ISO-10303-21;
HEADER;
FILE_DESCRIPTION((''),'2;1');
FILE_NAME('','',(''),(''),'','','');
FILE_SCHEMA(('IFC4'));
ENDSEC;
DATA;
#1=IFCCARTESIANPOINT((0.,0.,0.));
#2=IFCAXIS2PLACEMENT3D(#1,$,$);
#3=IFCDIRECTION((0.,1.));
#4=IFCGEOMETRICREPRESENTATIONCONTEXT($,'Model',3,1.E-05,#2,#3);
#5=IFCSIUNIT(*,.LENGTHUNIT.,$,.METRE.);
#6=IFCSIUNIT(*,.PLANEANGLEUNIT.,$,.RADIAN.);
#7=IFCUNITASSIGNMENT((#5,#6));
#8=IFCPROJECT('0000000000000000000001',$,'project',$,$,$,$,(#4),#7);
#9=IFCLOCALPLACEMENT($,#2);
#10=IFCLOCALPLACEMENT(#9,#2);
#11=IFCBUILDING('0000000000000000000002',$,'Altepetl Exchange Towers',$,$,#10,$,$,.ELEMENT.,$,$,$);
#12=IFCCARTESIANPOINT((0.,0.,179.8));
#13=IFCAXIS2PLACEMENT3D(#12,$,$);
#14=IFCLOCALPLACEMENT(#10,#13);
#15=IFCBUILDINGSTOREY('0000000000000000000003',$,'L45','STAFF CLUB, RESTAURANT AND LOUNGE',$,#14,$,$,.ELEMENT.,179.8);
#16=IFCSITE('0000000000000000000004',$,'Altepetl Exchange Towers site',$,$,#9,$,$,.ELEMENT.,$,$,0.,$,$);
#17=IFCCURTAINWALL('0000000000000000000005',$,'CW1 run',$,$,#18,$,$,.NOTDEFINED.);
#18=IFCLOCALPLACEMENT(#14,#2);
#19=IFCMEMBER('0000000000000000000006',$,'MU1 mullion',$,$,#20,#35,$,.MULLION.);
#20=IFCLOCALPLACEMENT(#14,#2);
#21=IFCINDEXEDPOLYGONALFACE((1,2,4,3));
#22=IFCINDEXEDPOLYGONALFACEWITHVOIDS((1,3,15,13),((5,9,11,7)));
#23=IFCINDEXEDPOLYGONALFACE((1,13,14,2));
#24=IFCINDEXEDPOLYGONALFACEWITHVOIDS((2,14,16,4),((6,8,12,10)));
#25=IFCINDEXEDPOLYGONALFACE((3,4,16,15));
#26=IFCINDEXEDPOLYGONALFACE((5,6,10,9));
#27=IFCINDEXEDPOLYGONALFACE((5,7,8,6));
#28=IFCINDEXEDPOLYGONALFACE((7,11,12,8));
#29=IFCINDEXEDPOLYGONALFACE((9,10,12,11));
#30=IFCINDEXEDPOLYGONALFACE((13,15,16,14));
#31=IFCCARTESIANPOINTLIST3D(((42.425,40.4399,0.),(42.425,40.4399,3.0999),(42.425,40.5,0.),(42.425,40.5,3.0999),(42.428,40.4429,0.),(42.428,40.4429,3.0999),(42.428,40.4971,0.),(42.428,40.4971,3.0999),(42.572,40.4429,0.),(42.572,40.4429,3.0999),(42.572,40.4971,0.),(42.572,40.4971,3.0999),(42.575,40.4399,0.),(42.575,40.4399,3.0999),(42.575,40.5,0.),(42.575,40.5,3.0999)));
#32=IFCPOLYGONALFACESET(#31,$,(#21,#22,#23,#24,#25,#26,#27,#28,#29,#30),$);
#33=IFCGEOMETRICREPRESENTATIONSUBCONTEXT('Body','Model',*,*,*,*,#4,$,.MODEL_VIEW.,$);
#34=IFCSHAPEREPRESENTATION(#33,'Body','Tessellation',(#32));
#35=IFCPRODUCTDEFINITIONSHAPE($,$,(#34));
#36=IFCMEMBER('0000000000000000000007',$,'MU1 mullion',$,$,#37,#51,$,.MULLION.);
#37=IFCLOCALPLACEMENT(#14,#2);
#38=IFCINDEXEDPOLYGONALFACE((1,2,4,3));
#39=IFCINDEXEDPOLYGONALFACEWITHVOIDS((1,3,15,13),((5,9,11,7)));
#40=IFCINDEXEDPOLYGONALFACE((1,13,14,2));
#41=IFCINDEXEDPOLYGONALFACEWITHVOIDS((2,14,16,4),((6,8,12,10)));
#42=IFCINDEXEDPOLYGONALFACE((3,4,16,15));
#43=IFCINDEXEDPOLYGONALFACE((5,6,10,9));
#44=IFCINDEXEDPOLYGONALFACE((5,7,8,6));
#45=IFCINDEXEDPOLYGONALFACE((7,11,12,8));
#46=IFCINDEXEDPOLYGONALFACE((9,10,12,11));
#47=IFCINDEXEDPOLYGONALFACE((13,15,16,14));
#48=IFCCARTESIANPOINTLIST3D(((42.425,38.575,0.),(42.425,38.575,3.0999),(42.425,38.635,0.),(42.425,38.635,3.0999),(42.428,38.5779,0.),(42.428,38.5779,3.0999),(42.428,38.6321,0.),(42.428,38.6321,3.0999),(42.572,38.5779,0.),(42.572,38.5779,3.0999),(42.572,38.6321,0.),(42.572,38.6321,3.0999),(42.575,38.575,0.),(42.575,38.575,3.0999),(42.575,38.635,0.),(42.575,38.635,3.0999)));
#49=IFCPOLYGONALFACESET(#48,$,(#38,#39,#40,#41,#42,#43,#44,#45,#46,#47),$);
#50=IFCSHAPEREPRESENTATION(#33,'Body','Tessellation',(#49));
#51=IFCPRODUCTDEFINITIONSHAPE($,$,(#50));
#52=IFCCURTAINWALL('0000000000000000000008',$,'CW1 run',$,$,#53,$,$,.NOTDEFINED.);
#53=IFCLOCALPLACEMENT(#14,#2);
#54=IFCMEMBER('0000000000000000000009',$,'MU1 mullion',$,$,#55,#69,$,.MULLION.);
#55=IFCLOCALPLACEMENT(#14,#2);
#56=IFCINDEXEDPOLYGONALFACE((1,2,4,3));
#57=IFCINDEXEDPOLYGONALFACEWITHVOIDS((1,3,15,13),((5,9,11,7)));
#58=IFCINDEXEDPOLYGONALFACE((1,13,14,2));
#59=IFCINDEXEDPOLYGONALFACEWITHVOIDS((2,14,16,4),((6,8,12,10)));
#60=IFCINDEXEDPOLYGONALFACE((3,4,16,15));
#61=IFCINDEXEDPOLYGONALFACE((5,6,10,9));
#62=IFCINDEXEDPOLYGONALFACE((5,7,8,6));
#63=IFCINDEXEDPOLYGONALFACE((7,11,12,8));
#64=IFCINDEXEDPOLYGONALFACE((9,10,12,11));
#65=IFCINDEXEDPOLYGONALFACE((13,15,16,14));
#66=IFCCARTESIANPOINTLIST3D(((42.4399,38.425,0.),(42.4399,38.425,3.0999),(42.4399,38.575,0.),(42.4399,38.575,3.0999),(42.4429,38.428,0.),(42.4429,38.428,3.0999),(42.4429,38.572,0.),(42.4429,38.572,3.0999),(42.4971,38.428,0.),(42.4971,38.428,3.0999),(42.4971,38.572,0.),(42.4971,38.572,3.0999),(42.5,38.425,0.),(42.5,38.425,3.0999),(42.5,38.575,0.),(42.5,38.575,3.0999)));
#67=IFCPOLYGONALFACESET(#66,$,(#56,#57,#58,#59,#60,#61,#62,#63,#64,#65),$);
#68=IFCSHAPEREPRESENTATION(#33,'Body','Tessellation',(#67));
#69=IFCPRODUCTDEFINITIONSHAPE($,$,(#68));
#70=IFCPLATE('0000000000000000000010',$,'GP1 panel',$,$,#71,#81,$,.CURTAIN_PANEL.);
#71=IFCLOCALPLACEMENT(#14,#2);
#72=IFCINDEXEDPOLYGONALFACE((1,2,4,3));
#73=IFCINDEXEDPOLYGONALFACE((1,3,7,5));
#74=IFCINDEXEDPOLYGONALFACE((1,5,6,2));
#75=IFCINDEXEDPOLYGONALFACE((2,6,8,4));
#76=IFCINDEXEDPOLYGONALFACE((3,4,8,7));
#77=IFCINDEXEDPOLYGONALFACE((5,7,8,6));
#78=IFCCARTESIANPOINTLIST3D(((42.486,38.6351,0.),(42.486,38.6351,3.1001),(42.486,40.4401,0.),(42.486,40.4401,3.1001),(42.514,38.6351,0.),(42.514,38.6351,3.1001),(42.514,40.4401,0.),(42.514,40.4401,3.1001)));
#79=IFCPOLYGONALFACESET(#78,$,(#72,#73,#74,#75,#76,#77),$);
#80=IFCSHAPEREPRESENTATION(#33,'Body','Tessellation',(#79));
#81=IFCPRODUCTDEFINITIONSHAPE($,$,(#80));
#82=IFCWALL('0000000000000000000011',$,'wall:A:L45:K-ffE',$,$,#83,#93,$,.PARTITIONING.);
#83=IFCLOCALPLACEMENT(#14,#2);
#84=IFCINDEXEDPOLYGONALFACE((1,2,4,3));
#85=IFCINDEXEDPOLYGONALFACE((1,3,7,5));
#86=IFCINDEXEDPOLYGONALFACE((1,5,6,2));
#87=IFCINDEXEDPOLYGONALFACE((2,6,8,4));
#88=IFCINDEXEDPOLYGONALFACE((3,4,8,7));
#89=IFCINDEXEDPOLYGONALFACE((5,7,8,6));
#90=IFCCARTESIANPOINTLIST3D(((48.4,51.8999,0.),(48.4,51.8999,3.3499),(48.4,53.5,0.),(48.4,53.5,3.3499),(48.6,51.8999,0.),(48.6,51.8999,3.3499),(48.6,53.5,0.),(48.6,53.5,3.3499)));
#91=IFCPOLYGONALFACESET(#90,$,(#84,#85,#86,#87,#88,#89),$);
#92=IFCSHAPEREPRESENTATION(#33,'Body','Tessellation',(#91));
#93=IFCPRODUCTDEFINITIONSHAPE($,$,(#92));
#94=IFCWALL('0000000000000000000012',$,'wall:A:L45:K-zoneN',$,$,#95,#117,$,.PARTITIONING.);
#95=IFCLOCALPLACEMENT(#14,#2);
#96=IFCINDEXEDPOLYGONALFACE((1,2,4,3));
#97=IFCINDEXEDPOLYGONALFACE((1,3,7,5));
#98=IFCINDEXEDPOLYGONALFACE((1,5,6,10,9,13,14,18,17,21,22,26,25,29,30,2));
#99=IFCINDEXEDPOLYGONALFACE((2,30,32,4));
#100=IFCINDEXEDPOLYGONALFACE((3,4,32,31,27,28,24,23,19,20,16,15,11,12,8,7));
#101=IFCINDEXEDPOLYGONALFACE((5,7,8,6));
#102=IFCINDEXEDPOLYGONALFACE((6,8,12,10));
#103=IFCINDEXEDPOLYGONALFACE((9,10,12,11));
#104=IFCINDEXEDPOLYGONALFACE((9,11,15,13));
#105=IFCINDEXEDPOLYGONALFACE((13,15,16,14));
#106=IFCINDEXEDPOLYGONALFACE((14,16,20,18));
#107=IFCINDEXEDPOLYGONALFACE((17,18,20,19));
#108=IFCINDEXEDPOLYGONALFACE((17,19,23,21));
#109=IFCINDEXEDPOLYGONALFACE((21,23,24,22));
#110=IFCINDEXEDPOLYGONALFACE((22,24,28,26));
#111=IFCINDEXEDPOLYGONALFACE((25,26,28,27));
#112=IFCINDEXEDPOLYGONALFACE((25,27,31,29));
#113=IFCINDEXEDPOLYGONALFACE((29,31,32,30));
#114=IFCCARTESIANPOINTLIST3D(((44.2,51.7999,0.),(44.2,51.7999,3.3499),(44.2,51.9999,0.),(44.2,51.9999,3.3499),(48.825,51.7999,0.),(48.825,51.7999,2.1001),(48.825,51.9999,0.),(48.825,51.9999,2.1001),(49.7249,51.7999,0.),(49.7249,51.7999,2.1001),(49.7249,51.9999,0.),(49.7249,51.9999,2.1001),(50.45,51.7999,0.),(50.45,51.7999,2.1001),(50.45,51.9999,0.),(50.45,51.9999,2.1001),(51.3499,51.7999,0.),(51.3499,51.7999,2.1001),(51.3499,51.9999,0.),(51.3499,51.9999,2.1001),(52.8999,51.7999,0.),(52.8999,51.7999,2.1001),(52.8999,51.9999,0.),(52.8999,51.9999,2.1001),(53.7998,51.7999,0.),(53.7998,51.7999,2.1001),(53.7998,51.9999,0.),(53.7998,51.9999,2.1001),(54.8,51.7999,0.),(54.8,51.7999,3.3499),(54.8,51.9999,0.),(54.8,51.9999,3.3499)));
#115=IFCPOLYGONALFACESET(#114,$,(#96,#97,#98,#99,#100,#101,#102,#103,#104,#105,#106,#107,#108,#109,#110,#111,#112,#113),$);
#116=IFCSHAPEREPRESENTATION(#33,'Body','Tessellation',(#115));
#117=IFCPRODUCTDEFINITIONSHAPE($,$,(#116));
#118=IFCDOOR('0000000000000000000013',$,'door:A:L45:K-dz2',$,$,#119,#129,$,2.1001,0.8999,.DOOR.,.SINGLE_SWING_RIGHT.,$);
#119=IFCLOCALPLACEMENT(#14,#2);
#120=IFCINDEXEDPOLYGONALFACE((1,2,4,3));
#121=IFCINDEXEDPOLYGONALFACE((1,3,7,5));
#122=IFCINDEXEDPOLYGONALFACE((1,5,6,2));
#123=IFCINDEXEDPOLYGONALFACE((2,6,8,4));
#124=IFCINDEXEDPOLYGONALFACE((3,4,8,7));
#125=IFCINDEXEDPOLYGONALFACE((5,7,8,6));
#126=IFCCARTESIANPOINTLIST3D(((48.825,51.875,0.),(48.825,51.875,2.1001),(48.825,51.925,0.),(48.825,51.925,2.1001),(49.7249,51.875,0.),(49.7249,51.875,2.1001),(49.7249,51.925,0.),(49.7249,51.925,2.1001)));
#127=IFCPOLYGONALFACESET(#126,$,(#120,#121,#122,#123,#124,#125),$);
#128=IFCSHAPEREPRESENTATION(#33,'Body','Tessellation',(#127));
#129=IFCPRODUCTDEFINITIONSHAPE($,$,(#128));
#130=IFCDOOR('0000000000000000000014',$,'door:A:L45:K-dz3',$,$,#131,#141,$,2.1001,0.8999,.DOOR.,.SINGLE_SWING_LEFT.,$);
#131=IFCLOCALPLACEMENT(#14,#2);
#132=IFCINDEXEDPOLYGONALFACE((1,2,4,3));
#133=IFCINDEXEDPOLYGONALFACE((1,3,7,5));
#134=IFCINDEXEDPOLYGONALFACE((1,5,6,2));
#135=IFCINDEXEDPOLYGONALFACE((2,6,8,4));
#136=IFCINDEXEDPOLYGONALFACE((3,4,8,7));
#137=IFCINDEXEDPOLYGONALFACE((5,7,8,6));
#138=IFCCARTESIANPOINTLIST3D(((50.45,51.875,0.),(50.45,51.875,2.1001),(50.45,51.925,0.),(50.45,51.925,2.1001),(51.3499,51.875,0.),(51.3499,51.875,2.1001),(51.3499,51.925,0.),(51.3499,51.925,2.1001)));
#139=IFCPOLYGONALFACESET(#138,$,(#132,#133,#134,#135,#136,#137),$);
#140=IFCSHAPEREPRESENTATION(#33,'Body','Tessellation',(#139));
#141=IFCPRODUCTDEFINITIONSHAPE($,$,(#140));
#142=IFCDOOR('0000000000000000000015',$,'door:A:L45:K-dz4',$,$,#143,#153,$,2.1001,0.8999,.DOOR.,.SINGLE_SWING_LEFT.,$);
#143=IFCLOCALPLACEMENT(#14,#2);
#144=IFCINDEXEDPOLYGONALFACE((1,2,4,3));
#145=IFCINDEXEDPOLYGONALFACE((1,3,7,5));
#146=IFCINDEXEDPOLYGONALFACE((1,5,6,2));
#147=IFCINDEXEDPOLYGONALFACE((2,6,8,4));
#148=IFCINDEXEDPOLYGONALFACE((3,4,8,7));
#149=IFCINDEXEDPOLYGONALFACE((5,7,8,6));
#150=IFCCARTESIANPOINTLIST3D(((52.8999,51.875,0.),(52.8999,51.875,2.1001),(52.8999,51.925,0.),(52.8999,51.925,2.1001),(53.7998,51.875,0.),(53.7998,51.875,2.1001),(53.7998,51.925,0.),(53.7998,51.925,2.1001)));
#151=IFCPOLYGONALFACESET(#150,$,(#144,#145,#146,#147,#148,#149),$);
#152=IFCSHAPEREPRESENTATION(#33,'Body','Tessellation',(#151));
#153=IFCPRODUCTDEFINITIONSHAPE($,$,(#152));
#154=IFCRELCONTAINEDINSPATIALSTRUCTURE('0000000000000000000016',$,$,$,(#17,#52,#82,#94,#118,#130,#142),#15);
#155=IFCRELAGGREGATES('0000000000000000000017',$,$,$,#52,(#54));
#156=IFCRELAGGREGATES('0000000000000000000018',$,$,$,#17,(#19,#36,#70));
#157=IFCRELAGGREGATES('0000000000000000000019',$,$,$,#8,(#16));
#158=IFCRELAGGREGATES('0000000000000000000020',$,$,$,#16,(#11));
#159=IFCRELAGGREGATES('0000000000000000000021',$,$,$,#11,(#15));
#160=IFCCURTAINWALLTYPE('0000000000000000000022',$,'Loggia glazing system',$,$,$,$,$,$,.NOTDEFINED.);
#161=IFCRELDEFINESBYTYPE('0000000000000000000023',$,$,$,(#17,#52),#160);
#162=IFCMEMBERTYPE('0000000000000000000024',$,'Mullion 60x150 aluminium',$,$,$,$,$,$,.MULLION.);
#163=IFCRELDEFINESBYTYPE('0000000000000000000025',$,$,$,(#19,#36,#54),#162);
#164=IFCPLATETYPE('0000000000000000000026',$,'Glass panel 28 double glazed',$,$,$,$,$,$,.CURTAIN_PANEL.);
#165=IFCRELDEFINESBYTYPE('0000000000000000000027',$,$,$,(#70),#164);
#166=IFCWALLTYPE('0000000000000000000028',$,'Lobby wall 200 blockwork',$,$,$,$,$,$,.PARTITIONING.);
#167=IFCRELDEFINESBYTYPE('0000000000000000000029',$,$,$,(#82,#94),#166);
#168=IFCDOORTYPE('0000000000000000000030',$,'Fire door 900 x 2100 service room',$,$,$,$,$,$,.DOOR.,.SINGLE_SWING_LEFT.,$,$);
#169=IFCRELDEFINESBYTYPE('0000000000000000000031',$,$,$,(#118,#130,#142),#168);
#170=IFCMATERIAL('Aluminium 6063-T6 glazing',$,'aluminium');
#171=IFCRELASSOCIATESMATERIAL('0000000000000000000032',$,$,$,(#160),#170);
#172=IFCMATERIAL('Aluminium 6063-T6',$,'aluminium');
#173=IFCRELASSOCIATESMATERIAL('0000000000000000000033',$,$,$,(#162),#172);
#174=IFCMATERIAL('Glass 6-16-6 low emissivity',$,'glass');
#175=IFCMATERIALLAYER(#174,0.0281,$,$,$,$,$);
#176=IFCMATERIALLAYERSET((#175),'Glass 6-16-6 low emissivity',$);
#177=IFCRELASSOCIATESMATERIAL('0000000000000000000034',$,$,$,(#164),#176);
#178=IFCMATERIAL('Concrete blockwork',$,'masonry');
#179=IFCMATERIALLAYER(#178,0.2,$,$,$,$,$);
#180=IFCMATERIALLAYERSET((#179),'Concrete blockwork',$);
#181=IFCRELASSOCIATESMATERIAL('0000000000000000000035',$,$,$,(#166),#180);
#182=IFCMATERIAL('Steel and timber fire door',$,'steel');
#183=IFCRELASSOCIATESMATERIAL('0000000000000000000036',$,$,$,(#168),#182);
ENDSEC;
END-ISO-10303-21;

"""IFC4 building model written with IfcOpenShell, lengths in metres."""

from ifc_helpers import new_model, si_unit, direction, frame, frame_2d, origin, origin_2d, place, context, subcontext, project, spatial, rectangle, hollow_rectangle, extrude, material, layer, layer_set, material_profile, profile_set, type_object, element, fill, aggregate, save


model = new_model("IFC4")

# Units and contexts
model_context = context("Model", 3, precision=1e-05, world=origin(), true_north=direction((0.0, 1.0)))
body_context = subcontext(model_context, "Body", "Model", "MODEL_VIEW")
ifc_project = project(units=[si_unit("LENGTHUNIT", "METRE"), si_unit("PLANEANGLEUNIT", "RADIAN")], contexts=[model_context])

# Site, building, storey
site_placement = place(None, origin())
site = spatial("IfcSite", under=ifc_project, at=site_placement, Name="Altepetl Exchange Towers site", CompositionType="ELEMENT", RefElevation=0.0)
building_placement = place(site_placement, origin())
building = spatial("IfcBuilding", under=site, at=building_placement, Name="Altepetl Exchange Towers", CompositionType="ELEMENT")
storey_placement = place(building_placement, frame((0.0, 0.0, 179.8)))
storey = spatial("IfcBuildingStorey", under=building, at=storey_placement, Name="L45", Description="STAFF CLUB, RESTAURANT AND LOUNGE", CompositionType="ELEMENT", Elevation=179.8)

# Curtain wall, members
ifc_material_1 = material(Name="Aluminium 6063-T6 glazing", Category="aluminium")
curtain_wall_type = type_object("IfcCurtainWallType", Name="Loggia glazing system", PredefinedType="NOTDEFINED", material=ifc_material_1)
curtain_wall_1_placement = place(storey_placement, origin())
curtain_wall_1 = element("IfcCurtainWall", 1, at=curtain_wall_1_placement, inside=storey, type_object=curtain_wall_type, Name="CW1 run", PredefinedType="NOTDEFINED")
ifc_material_2 = material(Name="Aluminium 6063-T6", Category="aluminium")
ifc_material_profile = material_profile(ifc_material_2, hollow_rectangle(XDim=0.0601, YDim=0.1499, WallThickness=0.0029, at=origin_2d()), Name="Mullion 60x150 aluminium")
ifc_profile_set = profile_set([ifc_material_profile], Name="Aluminium 6063-T6")
member_type = type_object("IfcMemberType", Name="Mullion 60x150 aluminium", PredefinedType="MULLION", material=ifc_profile_set)
member_1_placement = place(storey_placement, frame((42.5, 40.47, 0.0), z_axis=(0.0, 0.0, 1.0), x_axis=(0.0, -1.0, 0.0)))
member_1 = element("IfcMember", 2, at=member_1_placement, type_object=member_type, Name="MU1 mullion", PredefinedType="MULLION", context=body_context, shape_type="SweptSolid", body=[
    extrude(hollow_rectangle(XDim=0.0601, YDim=0.1499, WallThickness=0.0029, at=origin_2d()), origin(), (0.0, 0.0, 1.0), 3.0999),
])
member_2_placement = place(storey_placement, frame((42.5, 38.605, 0.0), z_axis=(0.0, 0.0, 1.0), x_axis=(0.0, -1.0, 0.0)))
member_2 = element("IfcMember", 3, at=member_2_placement, type_object=member_type, Name="MU1 mullion", PredefinedType="MULLION", context=body_context, shape_type="SweptSolid", body=[
    extrude(hollow_rectangle(XDim=0.0601, YDim=0.1499, WallThickness=0.0029, at=origin_2d()), origin(), (0.0, 0.0, 1.0), 3.0999),
])

# Curtain wall, member
curtain_wall_2_placement = place(storey_placement, origin())
curtain_wall_2 = element("IfcCurtainWall", 4, at=curtain_wall_2_placement, inside=storey, type_object=curtain_wall_type, Name="CW1 run", PredefinedType="NOTDEFINED")
member_3_placement = place(storey_placement, frame((42.47, 38.5, 0.0), z_axis=(0.0, 0.0, 1.0), x_axis=(-1.0, 0.0, 0.0)))
member_3 = element("IfcMember", 5, at=member_3_placement, type_object=member_type, Name="MU1 mullion", PredefinedType="MULLION", context=body_context, shape_type="SweptSolid", body=[
    extrude(hollow_rectangle(XDim=0.0601, YDim=0.1499, WallThickness=0.0029, at=origin_2d()), origin(), (0.0, 0.0, 1.0), 3.0999),
])
aggregate(curtain_wall_2, [member_3])

# Plate
ifc_material_3 = material(Name="Glass 6-16-6 low emissivity", Category="glass")
ifc_layer_1 = layer(ifc_material_3, 0.0281)
ifc_layer_set_1 = layer_set([ifc_layer_1], Name="Glass 6-16-6 low emissivity")
plate_type = type_object("IfcPlateType", Name="Glass panel 28 double glazed", PredefinedType="CURTAIN_PANEL", material=ifc_layer_set_1)
plate_placement = place(storey_placement, frame((42.5, 39.5376, 0.0), z_axis=(0.0, 0.0, 1.0), x_axis=(0.0, -1.0, 0.0)))
plate = element("IfcPlate", 6, at=plate_placement, type_object=plate_type, Name="GP1 panel", PredefinedType="CURTAIN_PANEL", context=body_context, shape_type="SweptSolid", body=[
    extrude(rectangle(XDim=1.8049, YDim=0.0281, at=origin_2d()), origin(), (0.0, 0.0, 1.0), 3.1001),
])
aggregate(curtain_wall_1, [member_1, member_2, plate])

# Wall
ifc_material_4 = material(Name="Concrete blockwork", Category="masonry")
ifc_layer_2 = layer(ifc_material_4, 0.2)
ifc_layer_set_2 = layer_set([ifc_layer_2], Name="Concrete blockwork")
wall_type_1 = type_object("IfcWallType", Name="Lobby wall 200 blockwork", PredefinedType="PARTITIONING", material=ifc_layer_set_2)
wall_1_placement = place(storey_placement, frame((48.5, 51.8999, 0.0), z_axis=(0.0, 0.0, 1.0), x_axis=(0.0, 1.0, 0.0)))
element("IfcWall", 7, at=wall_1_placement, inside=storey, type_object=wall_type_1, Name="wall:A:L45:K-ffE", PredefinedType="PARTITIONING", context=body_context, shape_type="SweptSolid", body=[
    extrude(rectangle(XDim=1.6001, YDim=0.2, at=frame_2d((0.8, 0.0))), origin(), (0.0, 0.0, 1.0), 3.3499),
])

# Wall, openings, doors
wall_2_placement = place(storey_placement, frame((44.2, 51.8999, 0.0)))
wall_2 = element("IfcWall", 8, at=wall_2_placement, inside=storey, type_object=wall_type_1, Name="wall:A:L45:K-zoneN", PredefinedType="PARTITIONING", context=body_context, shape_type="SweptSolid", body=[
    extrude(rectangle(XDim=10.6001, YDim=0.2, at=frame_2d((5.3, 0.0))), origin(), (0.0, 0.0, 1.0), 3.3499),
])
opening_1_placement = place(wall_2_placement, frame((4.625, 0.0, 0.0)))
opening_1 = element("IfcOpeningElement", 9, at=opening_1_placement, cuts=wall_2, PredefinedType="OPENING", context=body_context, shape_type="SweptSolid", body=[
    extrude(rectangle(XDim=0.8999, YDim=2.1001, at=frame_2d((0.45, 1.05))), frame((0.0, 0.1099, 0.0), z_axis=(0.0, -1.0, 0.0), x_axis=(1.0, 0.0, 0.0)), (0.0, 0.0, 1.0), 0.22),
])
opening_2_placement = place(wall_2_placement, frame((6.25, 0.0, 0.0)))
opening_2 = element("IfcOpeningElement", 10, at=opening_2_placement, cuts=wall_2, PredefinedType="OPENING", context=body_context, shape_type="SweptSolid", body=[
    extrude(rectangle(XDim=0.8999, YDim=2.1001, at=frame_2d((0.45, 1.05))), frame((0.0, 0.1099, 0.0), z_axis=(0.0, -1.0, 0.0), x_axis=(1.0, 0.0, 0.0)), (0.0, 0.0, 1.0), 0.22),
])
opening_3_placement = place(wall_2_placement, frame((8.7, 0.0, 0.0)))
opening_3 = element("IfcOpeningElement", 11, at=opening_3_placement, cuts=wall_2, PredefinedType="OPENING", context=body_context, shape_type="SweptSolid", body=[
    extrude(rectangle(XDim=0.8999, YDim=2.1001, at=frame_2d((0.45, 1.05))), frame((0.0, 0.1099, 0.0), z_axis=(0.0, -1.0, 0.0), x_axis=(1.0, 0.0, 0.0)), (0.0, 0.0, 1.0), 0.22),
])
ifc_material_5 = material(Name="Steel and timber fire door", Category="steel")
door_type = type_object("IfcDoorType", Name="Fire door 900 x 2100 service room", OperationType="SINGLE_SWING_LEFT", PredefinedType="DOOR", material=ifc_material_5)
door_1_placement = place(opening_1_placement, frame((0.8999, 0.0, 0.0), x_axis=(-1.0, 0.0, 0.0)))
door_1 = element("IfcDoor", 12, at=door_1_placement, inside=storey, type_object=door_type, Name="door:A:L45:K-dz2", OperationType="SINGLE_SWING_RIGHT", OverallHeight=2.1001, OverallWidth=0.8999, PredefinedType="DOOR", context=body_context, shape_type="SweptSolid", body=[
    extrude(rectangle(XDim=0.8999, YDim=2.1001, at=frame_2d((0.45, 1.05))), frame((0.0, 0.0249, 0.0), z_axis=(0.0, -1.0, 0.0), x_axis=(1.0, 0.0, 0.0)), (0.0, 0.0, 1.0), 0.05),
])
fill(opening_1, door_1)
door_2_placement = place(opening_2_placement, frame((0.8999, 0.0, 0.0), x_axis=(-1.0, 0.0, 0.0)))
door_2 = element("IfcDoor", 13, at=door_2_placement, inside=storey, type_object=door_type, Name="door:A:L45:K-dz3", OperationType="SINGLE_SWING_LEFT", OverallHeight=2.1001, OverallWidth=0.8999, PredefinedType="DOOR", context=body_context, shape_type="SweptSolid", body=[
    extrude(rectangle(XDim=0.8999, YDim=2.1001, at=frame_2d((0.45, 1.05))), frame((0.0, 0.0249, 0.0), z_axis=(0.0, -1.0, 0.0), x_axis=(1.0, 0.0, 0.0)), (0.0, 0.0, 1.0), 0.05),
])
fill(opening_2, door_2)
door_3_placement = place(opening_3_placement, frame((0.8999, 0.0, 0.0), x_axis=(-1.0, 0.0, 0.0)))
door_3 = element("IfcDoor", 14, at=door_3_placement, inside=storey, type_object=door_type, Name="door:A:L45:K-dz4", OperationType="SINGLE_SWING_LEFT", OverallHeight=2.1001, OverallWidth=0.8999, PredefinedType="DOOR", context=body_context, shape_type="SweptSolid", body=[
    extrude(rectangle(XDim=0.8999, YDim=2.1001, at=frame_2d((0.45, 1.05))), frame((0.0, 0.0249, 0.0), z_axis=(0.0, -1.0, 0.0), x_axis=(1.0, 0.0, 0.0)), (0.0, 0.0, 1.0), 0.05),
])
fill(opening_3, door_3)

save(model, "model.ifc")
